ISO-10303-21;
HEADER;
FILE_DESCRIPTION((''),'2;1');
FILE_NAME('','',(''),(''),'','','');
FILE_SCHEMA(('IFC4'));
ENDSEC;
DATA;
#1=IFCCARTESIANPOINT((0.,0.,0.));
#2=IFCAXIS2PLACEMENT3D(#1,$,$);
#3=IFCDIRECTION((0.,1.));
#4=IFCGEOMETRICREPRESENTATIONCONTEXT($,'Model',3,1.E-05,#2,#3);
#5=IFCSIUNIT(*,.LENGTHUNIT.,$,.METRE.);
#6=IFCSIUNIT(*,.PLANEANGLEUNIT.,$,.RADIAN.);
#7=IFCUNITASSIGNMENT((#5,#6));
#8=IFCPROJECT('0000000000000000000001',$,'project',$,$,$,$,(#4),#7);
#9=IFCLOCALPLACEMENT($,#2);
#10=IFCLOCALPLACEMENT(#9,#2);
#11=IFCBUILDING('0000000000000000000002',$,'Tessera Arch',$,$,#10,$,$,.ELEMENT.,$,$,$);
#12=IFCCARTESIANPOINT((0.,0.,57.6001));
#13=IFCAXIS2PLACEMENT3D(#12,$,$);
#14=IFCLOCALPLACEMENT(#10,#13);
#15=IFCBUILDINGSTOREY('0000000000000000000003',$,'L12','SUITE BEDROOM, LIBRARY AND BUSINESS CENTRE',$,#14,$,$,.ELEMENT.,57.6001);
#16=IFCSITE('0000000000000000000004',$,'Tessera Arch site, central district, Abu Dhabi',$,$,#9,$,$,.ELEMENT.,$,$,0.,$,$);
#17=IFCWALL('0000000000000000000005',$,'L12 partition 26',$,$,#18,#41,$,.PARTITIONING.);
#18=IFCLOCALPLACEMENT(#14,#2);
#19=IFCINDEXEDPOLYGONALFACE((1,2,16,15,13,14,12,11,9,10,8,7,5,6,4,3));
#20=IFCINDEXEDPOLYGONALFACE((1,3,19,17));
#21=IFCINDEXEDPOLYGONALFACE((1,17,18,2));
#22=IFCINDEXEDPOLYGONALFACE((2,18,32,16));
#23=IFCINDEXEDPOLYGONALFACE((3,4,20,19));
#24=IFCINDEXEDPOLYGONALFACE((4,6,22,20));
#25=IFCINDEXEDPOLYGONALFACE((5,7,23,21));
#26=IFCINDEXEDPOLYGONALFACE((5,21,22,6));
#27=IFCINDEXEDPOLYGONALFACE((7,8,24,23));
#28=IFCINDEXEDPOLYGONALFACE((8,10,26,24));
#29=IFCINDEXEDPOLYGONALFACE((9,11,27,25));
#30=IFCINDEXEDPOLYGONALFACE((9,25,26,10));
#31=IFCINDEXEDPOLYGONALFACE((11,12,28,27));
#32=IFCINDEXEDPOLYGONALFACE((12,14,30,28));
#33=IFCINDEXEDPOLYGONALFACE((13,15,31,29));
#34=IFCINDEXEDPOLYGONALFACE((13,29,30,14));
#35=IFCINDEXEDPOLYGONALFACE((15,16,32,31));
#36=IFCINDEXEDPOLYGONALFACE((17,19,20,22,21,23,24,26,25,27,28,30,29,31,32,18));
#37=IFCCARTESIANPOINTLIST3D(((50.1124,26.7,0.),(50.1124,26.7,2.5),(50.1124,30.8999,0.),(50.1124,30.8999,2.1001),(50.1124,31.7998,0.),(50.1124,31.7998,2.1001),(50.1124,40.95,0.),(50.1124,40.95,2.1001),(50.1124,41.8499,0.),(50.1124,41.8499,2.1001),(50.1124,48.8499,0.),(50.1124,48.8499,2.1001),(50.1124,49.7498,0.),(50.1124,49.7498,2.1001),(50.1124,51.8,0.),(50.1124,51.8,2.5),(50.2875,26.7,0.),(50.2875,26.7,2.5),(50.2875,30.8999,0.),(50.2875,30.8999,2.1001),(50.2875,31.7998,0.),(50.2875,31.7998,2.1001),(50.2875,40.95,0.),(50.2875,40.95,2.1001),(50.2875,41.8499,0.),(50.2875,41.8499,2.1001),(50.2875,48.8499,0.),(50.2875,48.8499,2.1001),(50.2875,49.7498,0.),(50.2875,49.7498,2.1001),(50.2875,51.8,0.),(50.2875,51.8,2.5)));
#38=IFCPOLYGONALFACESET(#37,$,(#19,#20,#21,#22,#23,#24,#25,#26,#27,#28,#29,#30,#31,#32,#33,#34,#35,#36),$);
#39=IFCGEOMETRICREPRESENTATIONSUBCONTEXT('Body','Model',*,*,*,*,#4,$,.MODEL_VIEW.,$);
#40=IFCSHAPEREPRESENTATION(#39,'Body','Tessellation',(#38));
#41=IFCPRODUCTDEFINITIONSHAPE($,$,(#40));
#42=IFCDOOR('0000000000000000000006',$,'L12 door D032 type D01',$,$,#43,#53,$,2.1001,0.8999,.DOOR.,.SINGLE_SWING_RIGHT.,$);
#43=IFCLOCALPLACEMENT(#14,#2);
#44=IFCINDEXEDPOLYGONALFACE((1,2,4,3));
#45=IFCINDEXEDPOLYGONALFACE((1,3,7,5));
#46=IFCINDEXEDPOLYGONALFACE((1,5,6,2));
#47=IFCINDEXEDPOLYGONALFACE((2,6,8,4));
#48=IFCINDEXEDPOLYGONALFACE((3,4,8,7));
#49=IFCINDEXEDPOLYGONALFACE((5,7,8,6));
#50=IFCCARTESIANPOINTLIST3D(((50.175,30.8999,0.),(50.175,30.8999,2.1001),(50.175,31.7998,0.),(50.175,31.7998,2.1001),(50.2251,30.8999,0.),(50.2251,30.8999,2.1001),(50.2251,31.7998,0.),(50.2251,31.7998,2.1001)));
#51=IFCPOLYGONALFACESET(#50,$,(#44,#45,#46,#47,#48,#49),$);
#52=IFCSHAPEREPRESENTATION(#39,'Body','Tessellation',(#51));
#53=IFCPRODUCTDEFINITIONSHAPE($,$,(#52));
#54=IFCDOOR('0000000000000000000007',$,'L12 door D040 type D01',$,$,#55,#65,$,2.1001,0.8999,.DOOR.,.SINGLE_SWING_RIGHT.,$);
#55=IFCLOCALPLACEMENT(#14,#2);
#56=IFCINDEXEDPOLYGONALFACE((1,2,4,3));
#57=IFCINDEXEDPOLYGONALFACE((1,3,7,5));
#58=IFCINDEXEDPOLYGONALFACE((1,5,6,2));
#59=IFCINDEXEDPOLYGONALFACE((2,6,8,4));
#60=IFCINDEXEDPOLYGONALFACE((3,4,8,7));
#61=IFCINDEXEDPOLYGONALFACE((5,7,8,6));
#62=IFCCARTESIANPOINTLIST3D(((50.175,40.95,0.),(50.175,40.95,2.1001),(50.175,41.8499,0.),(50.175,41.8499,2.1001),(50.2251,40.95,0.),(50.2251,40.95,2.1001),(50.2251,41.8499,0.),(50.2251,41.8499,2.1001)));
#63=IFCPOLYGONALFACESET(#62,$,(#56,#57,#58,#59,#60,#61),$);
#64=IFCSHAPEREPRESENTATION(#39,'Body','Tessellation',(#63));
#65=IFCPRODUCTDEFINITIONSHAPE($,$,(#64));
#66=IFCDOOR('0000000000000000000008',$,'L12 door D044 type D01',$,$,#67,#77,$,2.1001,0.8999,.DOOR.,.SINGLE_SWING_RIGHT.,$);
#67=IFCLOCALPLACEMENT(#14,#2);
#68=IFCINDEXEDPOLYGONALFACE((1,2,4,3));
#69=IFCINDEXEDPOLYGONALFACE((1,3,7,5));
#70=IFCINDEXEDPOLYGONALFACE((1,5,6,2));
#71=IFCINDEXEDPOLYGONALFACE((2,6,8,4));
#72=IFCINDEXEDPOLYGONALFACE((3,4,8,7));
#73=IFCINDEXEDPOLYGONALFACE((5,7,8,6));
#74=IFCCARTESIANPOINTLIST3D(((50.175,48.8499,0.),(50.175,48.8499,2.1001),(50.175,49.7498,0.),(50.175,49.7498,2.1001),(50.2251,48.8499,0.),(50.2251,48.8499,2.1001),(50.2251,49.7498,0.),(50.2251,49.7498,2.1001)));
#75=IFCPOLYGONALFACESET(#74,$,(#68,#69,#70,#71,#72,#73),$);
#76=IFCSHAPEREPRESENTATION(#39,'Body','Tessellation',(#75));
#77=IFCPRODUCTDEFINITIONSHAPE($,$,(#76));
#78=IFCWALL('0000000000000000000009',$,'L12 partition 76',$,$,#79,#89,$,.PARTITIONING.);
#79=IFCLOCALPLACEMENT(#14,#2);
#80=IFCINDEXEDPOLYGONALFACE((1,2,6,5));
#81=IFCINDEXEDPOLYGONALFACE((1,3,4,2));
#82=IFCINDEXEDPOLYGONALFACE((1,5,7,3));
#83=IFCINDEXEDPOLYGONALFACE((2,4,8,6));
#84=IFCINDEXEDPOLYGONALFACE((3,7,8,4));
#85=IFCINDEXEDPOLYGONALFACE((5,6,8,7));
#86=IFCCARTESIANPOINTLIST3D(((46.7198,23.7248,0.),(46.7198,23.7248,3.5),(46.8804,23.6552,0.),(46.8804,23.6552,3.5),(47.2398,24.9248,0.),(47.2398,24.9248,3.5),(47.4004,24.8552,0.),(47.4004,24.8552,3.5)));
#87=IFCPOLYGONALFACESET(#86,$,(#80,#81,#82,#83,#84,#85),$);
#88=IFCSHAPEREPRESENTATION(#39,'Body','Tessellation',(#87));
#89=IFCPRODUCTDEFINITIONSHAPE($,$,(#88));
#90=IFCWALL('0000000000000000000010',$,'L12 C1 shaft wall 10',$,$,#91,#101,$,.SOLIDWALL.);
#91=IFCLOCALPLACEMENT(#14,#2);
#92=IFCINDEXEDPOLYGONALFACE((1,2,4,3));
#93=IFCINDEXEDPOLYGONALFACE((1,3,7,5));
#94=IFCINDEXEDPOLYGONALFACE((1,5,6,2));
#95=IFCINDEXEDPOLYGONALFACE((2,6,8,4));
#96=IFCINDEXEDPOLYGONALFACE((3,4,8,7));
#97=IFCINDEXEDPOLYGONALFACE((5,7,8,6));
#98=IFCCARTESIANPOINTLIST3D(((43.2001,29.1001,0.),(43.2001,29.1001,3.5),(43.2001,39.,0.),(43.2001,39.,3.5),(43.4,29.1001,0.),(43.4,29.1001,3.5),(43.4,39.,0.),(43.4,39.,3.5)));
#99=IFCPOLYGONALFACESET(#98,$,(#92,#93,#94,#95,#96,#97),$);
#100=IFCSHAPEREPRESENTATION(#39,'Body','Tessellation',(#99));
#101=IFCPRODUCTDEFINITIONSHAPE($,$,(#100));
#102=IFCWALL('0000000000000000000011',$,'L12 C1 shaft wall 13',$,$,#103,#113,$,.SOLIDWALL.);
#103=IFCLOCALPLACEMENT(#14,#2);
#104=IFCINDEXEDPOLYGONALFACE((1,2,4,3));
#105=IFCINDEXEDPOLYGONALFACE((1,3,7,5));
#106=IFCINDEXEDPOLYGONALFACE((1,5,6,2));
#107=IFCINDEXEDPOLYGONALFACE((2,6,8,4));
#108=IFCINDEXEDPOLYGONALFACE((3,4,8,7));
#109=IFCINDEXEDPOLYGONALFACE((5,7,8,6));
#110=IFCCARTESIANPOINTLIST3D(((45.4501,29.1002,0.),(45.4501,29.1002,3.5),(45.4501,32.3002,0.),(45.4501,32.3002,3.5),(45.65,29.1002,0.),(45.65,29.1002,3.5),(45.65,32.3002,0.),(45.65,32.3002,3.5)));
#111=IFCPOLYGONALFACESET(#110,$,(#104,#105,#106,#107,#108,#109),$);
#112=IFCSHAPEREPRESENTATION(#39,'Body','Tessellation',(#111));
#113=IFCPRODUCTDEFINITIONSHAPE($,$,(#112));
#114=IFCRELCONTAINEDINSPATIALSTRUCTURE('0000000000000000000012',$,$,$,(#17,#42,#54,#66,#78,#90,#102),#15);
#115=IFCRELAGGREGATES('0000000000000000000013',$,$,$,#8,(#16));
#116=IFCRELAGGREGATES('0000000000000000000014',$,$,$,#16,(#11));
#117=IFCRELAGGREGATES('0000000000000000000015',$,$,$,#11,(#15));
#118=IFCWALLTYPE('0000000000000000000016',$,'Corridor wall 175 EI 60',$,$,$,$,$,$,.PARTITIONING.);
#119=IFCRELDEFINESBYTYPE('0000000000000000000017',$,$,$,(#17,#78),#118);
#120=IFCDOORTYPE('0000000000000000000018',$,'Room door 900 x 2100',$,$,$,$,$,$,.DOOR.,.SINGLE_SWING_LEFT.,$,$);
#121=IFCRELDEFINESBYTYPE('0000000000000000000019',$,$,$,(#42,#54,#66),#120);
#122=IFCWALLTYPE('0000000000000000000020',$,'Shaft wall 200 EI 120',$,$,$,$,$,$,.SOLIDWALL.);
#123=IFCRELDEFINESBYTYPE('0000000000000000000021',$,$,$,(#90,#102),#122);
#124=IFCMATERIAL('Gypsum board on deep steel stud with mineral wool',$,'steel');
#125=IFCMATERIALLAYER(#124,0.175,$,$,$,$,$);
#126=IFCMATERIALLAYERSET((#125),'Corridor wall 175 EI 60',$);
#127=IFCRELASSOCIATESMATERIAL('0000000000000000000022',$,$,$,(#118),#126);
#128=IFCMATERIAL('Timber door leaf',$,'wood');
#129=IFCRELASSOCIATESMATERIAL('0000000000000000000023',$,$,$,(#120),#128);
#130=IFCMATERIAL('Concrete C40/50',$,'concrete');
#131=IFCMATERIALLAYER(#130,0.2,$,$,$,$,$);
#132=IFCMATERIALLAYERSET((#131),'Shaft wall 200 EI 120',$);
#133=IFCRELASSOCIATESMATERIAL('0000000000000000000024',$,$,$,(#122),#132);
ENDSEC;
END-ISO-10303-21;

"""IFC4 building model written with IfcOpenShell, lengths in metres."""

from ifc_helpers import new_model, si_unit, direction, frame, frame_2d, origin, place, context, subcontext, project, spatial, rectangle, extrude, material, layer, layer_set, type_object, element, fill, save


model = new_model("IFC4")

# Units and contexts
model_context = context("Model", 3, precision=1e-05, world=origin(), true_north=direction((0.0, 1.0)))
body_context = subcontext(model_context, "Body", "Model", "MODEL_VIEW")
ifc_project = project(units=[si_unit("LENGTHUNIT", "METRE"), si_unit("PLANEANGLEUNIT", "RADIAN")], contexts=[model_context])

# Site, building, storey
site_placement = place(None, origin())
site = spatial("IfcSite", under=ifc_project, at=site_placement, Name="Tessera Arch site, central district, Abu Dhabi", CompositionType="ELEMENT", RefElevation=0.0)
building_placement = place(site_placement, origin())
building = spatial("IfcBuilding", under=site, at=building_placement, Name="Tessera Arch", CompositionType="ELEMENT")
storey_placement = place(building_placement, frame((0.0, 0.0, 57.6001)))
storey = spatial("IfcBuildingStorey", under=building, at=storey_placement, Name="L12", Description="SUITE BEDROOM, LIBRARY AND BUSINESS CENTRE", CompositionType="ELEMENT", Elevation=57.6001)

# Shared definitions
ifc_material_1 = material(Name="Gypsum board on deep steel stud with mineral wool", Category="steel")
ifc_layer_1 = layer(ifc_material_1, 0.175)
ifc_layer_set_1 = layer_set([ifc_layer_1], Name="Corridor wall 175 EI 60")
wall_type_1 = type_object("IfcWallType", Name="Corridor wall 175 EI 60", PredefinedType="PARTITIONING", material=ifc_layer_set_1)

# Wall, openings, doors
wall_1_placement = place(storey_placement, frame((50.2, 26.7, 0.0), z_axis=(0.0, 0.0, 1.0), x_axis=(0.0, 1.0, 0.0)))
wall_1 = element("IfcWall", 1, at=wall_1_placement, inside=storey, type_object=wall_type_1, Name="L12 partition 26", PredefinedType="PARTITIONING", context=body_context, shape_type="SweptSolid", body=[
    extrude(rectangle(XDim=25.1001, YDim=0.175, at=frame_2d((12.55, 0.0))), origin(), (0.0, 0.0, 1.0), 2.5),
])
opening_1_placement = place(wall_1_placement, frame((4.2, 0.0, 0.0)))
opening_1 = element("IfcOpeningElement", 2, at=opening_1_placement, cuts=wall_1, PredefinedType="OPENING", context=body_context, shape_type="SweptSolid", body=[
    extrude(rectangle(XDim=0.8999, YDim=2.1001, at=frame_2d((0.45, 1.05))), frame((0.0, 0.0974, 0.0), z_axis=(0.0, -1.0, 0.0), x_axis=(1.0, 0.0, 0.0)), (0.0, 0.0, 1.0), 0.1951),
])
opening_2_placement = place(wall_1_placement, frame((14.25, 0.0, 0.0)))
opening_2 = element("IfcOpeningElement", 3, at=opening_2_placement, cuts=wall_1, PredefinedType="OPENING", context=body_context, shape_type="SweptSolid", body=[
    extrude(rectangle(XDim=0.8999, YDim=2.1001, at=frame_2d((0.45, 1.05))), frame((0.0, 0.0974, 0.0), z_axis=(0.0, -1.0, 0.0), x_axis=(1.0, 0.0, 0.0)), (0.0, 0.0, 1.0), 0.1951),
])
opening_3_placement = place(wall_1_placement, frame((22.1499, 0.0, 0.0)))
opening_3 = element("IfcOpeningElement", 4, at=opening_3_placement, cuts=wall_1, PredefinedType="OPENING", context=body_context, shape_type="SweptSolid", body=[
    extrude(rectangle(XDim=0.8999, YDim=2.1001, at=frame_2d((0.45, 1.05))), frame((0.0, 0.0974, 0.0), z_axis=(0.0, -1.0, 0.0), x_axis=(1.0, 0.0, 0.0)), (0.0, 0.0, 1.0), 0.1951),
])
ifc_material_2 = material(Name="Timber door leaf", Category="wood")
door_type = type_object("IfcDoorType", Name="Room door 900 x 2100", OperationType="SINGLE_SWING_LEFT", PredefinedType="DOOR", material=ifc_material_2)
door_1_placement = place(opening_1_placement, origin())
door_1 = element("IfcDoor", 5, at=door_1_placement, inside=storey, type_object=door_type, Name="L12 door D032 type D01", OperationType="SINGLE_SWING_RIGHT", OverallHeight=2.1001, OverallWidth=0.8999, PredefinedType="DOOR", context=body_context, shape_type="SweptSolid", body=[
    extrude(rectangle(XDim=0.8999, YDim=2.1001, at=frame_2d((0.45, 1.05))), frame((0.0, 0.0249, 0.0), z_axis=(0.0, -1.0, 0.0), x_axis=(1.0, 0.0, 0.0)), (0.0, 0.0, 1.0), 0.05),
])
fill(opening_1, door_1)
door_2_placement = place(opening_2_placement, origin())
door_2 = element("IfcDoor", 6, at=door_2_placement, inside=storey, type_object=door_type, Name="L12 door D040 type D01", OperationType="SINGLE_SWING_RIGHT", OverallHeight=2.1001, OverallWidth=0.8999, PredefinedType="DOOR", context=body_context, shape_type="SweptSolid", body=[
    extrude(rectangle(XDim=0.8999, YDim=2.1001, at=frame_2d((0.45, 1.05))), frame((0.0, 0.0249, 0.0), z_axis=(0.0, -1.0, 0.0), x_axis=(1.0, 0.0, 0.0)), (0.0, 0.0, 1.0), 0.05),
])
fill(opening_2, door_2)
door_3_placement = place(opening_3_placement, origin())
door_3 = element("IfcDoor", 7, at=door_3_placement, inside=storey, type_object=door_type, Name="L12 door D044 type D01", OperationType="SINGLE_SWING_RIGHT", OverallHeight=2.1001, OverallWidth=0.8999, PredefinedType="DOOR", context=body_context, shape_type="SweptSolid", body=[
    extrude(rectangle(XDim=0.8999, YDim=2.1001, at=frame_2d((0.45, 1.05))), frame((0.0, 0.0249, 0.0), z_axis=(0.0, -1.0, 0.0), x_axis=(1.0, 0.0, 0.0)), (0.0, 0.0, 1.0), 0.05),
])
fill(opening_3, door_3)

# Walls
wall_2_placement = place(storey_placement, frame((47.3201, 24.8899, 0.0), z_axis=(0.0, 0.0, 1.0), x_axis=(-0.397634, -0.917544, 0.0)))
element("IfcWall", 8, at=wall_2_placement, inside=storey, type_object=wall_type_1, Name="L12 partition 76", PredefinedType="PARTITIONING", context=body_context, shape_type="SweptSolid", body=[
    extrude(rectangle(XDim=1.3079, YDim=0.175, at=frame_2d((0.6538, 0.0))), origin(), (0.0, 0.0, 1.0), 3.5),
])
ifc_material_3 = material(Name="Concrete C40/50", Category="concrete")
ifc_layer_2 = layer(ifc_material_3, 0.2)
ifc_layer_set_2 = layer_set([ifc_layer_2], Name="Shaft wall 200 EI 120")
wall_type_2 = type_object("IfcWallType", Name="Shaft wall 200 EI 120", PredefinedType="SOLIDWALL", material=ifc_layer_set_2)
wall_3_placement = place(storey_placement, frame((43.3, 29.1001, 0.0), z_axis=(0.0, 0.0, 1.0), x_axis=(0.0, 1.0, 0.0)))
element("IfcWall", 9, at=wall_3_placement, inside=storey, type_object=wall_type_2, Name="L12 C1 shaft wall 10", PredefinedType="SOLIDWALL", context=body_context, shape_type="SweptSolid", body=[
    extrude(rectangle(XDim=9.8999, YDim=0.2, at=frame_2d((4.95, 0.0))), origin(), (0.0, 0.0, 1.0), 3.5),
])
wall_4_placement = place(storey_placement, frame((45.55, 29.1001, 0.0), z_axis=(0.0, 0.0, 1.0), x_axis=(0.0, 1.0, 0.0)))
element("IfcWall", 10, at=wall_4_placement, inside=storey, type_object=wall_type_2, Name="L12 C1 shaft wall 13", PredefinedType="SOLIDWALL", context=body_context, shape_type="SweptSolid", body=[
    extrude(rectangle(XDim=3.2, YDim=0.2, at=frame_2d((1.6001, 0.0))), origin(), (0.0, 0.0, 1.0), 3.5),
])

save(model, "model.ifc")
